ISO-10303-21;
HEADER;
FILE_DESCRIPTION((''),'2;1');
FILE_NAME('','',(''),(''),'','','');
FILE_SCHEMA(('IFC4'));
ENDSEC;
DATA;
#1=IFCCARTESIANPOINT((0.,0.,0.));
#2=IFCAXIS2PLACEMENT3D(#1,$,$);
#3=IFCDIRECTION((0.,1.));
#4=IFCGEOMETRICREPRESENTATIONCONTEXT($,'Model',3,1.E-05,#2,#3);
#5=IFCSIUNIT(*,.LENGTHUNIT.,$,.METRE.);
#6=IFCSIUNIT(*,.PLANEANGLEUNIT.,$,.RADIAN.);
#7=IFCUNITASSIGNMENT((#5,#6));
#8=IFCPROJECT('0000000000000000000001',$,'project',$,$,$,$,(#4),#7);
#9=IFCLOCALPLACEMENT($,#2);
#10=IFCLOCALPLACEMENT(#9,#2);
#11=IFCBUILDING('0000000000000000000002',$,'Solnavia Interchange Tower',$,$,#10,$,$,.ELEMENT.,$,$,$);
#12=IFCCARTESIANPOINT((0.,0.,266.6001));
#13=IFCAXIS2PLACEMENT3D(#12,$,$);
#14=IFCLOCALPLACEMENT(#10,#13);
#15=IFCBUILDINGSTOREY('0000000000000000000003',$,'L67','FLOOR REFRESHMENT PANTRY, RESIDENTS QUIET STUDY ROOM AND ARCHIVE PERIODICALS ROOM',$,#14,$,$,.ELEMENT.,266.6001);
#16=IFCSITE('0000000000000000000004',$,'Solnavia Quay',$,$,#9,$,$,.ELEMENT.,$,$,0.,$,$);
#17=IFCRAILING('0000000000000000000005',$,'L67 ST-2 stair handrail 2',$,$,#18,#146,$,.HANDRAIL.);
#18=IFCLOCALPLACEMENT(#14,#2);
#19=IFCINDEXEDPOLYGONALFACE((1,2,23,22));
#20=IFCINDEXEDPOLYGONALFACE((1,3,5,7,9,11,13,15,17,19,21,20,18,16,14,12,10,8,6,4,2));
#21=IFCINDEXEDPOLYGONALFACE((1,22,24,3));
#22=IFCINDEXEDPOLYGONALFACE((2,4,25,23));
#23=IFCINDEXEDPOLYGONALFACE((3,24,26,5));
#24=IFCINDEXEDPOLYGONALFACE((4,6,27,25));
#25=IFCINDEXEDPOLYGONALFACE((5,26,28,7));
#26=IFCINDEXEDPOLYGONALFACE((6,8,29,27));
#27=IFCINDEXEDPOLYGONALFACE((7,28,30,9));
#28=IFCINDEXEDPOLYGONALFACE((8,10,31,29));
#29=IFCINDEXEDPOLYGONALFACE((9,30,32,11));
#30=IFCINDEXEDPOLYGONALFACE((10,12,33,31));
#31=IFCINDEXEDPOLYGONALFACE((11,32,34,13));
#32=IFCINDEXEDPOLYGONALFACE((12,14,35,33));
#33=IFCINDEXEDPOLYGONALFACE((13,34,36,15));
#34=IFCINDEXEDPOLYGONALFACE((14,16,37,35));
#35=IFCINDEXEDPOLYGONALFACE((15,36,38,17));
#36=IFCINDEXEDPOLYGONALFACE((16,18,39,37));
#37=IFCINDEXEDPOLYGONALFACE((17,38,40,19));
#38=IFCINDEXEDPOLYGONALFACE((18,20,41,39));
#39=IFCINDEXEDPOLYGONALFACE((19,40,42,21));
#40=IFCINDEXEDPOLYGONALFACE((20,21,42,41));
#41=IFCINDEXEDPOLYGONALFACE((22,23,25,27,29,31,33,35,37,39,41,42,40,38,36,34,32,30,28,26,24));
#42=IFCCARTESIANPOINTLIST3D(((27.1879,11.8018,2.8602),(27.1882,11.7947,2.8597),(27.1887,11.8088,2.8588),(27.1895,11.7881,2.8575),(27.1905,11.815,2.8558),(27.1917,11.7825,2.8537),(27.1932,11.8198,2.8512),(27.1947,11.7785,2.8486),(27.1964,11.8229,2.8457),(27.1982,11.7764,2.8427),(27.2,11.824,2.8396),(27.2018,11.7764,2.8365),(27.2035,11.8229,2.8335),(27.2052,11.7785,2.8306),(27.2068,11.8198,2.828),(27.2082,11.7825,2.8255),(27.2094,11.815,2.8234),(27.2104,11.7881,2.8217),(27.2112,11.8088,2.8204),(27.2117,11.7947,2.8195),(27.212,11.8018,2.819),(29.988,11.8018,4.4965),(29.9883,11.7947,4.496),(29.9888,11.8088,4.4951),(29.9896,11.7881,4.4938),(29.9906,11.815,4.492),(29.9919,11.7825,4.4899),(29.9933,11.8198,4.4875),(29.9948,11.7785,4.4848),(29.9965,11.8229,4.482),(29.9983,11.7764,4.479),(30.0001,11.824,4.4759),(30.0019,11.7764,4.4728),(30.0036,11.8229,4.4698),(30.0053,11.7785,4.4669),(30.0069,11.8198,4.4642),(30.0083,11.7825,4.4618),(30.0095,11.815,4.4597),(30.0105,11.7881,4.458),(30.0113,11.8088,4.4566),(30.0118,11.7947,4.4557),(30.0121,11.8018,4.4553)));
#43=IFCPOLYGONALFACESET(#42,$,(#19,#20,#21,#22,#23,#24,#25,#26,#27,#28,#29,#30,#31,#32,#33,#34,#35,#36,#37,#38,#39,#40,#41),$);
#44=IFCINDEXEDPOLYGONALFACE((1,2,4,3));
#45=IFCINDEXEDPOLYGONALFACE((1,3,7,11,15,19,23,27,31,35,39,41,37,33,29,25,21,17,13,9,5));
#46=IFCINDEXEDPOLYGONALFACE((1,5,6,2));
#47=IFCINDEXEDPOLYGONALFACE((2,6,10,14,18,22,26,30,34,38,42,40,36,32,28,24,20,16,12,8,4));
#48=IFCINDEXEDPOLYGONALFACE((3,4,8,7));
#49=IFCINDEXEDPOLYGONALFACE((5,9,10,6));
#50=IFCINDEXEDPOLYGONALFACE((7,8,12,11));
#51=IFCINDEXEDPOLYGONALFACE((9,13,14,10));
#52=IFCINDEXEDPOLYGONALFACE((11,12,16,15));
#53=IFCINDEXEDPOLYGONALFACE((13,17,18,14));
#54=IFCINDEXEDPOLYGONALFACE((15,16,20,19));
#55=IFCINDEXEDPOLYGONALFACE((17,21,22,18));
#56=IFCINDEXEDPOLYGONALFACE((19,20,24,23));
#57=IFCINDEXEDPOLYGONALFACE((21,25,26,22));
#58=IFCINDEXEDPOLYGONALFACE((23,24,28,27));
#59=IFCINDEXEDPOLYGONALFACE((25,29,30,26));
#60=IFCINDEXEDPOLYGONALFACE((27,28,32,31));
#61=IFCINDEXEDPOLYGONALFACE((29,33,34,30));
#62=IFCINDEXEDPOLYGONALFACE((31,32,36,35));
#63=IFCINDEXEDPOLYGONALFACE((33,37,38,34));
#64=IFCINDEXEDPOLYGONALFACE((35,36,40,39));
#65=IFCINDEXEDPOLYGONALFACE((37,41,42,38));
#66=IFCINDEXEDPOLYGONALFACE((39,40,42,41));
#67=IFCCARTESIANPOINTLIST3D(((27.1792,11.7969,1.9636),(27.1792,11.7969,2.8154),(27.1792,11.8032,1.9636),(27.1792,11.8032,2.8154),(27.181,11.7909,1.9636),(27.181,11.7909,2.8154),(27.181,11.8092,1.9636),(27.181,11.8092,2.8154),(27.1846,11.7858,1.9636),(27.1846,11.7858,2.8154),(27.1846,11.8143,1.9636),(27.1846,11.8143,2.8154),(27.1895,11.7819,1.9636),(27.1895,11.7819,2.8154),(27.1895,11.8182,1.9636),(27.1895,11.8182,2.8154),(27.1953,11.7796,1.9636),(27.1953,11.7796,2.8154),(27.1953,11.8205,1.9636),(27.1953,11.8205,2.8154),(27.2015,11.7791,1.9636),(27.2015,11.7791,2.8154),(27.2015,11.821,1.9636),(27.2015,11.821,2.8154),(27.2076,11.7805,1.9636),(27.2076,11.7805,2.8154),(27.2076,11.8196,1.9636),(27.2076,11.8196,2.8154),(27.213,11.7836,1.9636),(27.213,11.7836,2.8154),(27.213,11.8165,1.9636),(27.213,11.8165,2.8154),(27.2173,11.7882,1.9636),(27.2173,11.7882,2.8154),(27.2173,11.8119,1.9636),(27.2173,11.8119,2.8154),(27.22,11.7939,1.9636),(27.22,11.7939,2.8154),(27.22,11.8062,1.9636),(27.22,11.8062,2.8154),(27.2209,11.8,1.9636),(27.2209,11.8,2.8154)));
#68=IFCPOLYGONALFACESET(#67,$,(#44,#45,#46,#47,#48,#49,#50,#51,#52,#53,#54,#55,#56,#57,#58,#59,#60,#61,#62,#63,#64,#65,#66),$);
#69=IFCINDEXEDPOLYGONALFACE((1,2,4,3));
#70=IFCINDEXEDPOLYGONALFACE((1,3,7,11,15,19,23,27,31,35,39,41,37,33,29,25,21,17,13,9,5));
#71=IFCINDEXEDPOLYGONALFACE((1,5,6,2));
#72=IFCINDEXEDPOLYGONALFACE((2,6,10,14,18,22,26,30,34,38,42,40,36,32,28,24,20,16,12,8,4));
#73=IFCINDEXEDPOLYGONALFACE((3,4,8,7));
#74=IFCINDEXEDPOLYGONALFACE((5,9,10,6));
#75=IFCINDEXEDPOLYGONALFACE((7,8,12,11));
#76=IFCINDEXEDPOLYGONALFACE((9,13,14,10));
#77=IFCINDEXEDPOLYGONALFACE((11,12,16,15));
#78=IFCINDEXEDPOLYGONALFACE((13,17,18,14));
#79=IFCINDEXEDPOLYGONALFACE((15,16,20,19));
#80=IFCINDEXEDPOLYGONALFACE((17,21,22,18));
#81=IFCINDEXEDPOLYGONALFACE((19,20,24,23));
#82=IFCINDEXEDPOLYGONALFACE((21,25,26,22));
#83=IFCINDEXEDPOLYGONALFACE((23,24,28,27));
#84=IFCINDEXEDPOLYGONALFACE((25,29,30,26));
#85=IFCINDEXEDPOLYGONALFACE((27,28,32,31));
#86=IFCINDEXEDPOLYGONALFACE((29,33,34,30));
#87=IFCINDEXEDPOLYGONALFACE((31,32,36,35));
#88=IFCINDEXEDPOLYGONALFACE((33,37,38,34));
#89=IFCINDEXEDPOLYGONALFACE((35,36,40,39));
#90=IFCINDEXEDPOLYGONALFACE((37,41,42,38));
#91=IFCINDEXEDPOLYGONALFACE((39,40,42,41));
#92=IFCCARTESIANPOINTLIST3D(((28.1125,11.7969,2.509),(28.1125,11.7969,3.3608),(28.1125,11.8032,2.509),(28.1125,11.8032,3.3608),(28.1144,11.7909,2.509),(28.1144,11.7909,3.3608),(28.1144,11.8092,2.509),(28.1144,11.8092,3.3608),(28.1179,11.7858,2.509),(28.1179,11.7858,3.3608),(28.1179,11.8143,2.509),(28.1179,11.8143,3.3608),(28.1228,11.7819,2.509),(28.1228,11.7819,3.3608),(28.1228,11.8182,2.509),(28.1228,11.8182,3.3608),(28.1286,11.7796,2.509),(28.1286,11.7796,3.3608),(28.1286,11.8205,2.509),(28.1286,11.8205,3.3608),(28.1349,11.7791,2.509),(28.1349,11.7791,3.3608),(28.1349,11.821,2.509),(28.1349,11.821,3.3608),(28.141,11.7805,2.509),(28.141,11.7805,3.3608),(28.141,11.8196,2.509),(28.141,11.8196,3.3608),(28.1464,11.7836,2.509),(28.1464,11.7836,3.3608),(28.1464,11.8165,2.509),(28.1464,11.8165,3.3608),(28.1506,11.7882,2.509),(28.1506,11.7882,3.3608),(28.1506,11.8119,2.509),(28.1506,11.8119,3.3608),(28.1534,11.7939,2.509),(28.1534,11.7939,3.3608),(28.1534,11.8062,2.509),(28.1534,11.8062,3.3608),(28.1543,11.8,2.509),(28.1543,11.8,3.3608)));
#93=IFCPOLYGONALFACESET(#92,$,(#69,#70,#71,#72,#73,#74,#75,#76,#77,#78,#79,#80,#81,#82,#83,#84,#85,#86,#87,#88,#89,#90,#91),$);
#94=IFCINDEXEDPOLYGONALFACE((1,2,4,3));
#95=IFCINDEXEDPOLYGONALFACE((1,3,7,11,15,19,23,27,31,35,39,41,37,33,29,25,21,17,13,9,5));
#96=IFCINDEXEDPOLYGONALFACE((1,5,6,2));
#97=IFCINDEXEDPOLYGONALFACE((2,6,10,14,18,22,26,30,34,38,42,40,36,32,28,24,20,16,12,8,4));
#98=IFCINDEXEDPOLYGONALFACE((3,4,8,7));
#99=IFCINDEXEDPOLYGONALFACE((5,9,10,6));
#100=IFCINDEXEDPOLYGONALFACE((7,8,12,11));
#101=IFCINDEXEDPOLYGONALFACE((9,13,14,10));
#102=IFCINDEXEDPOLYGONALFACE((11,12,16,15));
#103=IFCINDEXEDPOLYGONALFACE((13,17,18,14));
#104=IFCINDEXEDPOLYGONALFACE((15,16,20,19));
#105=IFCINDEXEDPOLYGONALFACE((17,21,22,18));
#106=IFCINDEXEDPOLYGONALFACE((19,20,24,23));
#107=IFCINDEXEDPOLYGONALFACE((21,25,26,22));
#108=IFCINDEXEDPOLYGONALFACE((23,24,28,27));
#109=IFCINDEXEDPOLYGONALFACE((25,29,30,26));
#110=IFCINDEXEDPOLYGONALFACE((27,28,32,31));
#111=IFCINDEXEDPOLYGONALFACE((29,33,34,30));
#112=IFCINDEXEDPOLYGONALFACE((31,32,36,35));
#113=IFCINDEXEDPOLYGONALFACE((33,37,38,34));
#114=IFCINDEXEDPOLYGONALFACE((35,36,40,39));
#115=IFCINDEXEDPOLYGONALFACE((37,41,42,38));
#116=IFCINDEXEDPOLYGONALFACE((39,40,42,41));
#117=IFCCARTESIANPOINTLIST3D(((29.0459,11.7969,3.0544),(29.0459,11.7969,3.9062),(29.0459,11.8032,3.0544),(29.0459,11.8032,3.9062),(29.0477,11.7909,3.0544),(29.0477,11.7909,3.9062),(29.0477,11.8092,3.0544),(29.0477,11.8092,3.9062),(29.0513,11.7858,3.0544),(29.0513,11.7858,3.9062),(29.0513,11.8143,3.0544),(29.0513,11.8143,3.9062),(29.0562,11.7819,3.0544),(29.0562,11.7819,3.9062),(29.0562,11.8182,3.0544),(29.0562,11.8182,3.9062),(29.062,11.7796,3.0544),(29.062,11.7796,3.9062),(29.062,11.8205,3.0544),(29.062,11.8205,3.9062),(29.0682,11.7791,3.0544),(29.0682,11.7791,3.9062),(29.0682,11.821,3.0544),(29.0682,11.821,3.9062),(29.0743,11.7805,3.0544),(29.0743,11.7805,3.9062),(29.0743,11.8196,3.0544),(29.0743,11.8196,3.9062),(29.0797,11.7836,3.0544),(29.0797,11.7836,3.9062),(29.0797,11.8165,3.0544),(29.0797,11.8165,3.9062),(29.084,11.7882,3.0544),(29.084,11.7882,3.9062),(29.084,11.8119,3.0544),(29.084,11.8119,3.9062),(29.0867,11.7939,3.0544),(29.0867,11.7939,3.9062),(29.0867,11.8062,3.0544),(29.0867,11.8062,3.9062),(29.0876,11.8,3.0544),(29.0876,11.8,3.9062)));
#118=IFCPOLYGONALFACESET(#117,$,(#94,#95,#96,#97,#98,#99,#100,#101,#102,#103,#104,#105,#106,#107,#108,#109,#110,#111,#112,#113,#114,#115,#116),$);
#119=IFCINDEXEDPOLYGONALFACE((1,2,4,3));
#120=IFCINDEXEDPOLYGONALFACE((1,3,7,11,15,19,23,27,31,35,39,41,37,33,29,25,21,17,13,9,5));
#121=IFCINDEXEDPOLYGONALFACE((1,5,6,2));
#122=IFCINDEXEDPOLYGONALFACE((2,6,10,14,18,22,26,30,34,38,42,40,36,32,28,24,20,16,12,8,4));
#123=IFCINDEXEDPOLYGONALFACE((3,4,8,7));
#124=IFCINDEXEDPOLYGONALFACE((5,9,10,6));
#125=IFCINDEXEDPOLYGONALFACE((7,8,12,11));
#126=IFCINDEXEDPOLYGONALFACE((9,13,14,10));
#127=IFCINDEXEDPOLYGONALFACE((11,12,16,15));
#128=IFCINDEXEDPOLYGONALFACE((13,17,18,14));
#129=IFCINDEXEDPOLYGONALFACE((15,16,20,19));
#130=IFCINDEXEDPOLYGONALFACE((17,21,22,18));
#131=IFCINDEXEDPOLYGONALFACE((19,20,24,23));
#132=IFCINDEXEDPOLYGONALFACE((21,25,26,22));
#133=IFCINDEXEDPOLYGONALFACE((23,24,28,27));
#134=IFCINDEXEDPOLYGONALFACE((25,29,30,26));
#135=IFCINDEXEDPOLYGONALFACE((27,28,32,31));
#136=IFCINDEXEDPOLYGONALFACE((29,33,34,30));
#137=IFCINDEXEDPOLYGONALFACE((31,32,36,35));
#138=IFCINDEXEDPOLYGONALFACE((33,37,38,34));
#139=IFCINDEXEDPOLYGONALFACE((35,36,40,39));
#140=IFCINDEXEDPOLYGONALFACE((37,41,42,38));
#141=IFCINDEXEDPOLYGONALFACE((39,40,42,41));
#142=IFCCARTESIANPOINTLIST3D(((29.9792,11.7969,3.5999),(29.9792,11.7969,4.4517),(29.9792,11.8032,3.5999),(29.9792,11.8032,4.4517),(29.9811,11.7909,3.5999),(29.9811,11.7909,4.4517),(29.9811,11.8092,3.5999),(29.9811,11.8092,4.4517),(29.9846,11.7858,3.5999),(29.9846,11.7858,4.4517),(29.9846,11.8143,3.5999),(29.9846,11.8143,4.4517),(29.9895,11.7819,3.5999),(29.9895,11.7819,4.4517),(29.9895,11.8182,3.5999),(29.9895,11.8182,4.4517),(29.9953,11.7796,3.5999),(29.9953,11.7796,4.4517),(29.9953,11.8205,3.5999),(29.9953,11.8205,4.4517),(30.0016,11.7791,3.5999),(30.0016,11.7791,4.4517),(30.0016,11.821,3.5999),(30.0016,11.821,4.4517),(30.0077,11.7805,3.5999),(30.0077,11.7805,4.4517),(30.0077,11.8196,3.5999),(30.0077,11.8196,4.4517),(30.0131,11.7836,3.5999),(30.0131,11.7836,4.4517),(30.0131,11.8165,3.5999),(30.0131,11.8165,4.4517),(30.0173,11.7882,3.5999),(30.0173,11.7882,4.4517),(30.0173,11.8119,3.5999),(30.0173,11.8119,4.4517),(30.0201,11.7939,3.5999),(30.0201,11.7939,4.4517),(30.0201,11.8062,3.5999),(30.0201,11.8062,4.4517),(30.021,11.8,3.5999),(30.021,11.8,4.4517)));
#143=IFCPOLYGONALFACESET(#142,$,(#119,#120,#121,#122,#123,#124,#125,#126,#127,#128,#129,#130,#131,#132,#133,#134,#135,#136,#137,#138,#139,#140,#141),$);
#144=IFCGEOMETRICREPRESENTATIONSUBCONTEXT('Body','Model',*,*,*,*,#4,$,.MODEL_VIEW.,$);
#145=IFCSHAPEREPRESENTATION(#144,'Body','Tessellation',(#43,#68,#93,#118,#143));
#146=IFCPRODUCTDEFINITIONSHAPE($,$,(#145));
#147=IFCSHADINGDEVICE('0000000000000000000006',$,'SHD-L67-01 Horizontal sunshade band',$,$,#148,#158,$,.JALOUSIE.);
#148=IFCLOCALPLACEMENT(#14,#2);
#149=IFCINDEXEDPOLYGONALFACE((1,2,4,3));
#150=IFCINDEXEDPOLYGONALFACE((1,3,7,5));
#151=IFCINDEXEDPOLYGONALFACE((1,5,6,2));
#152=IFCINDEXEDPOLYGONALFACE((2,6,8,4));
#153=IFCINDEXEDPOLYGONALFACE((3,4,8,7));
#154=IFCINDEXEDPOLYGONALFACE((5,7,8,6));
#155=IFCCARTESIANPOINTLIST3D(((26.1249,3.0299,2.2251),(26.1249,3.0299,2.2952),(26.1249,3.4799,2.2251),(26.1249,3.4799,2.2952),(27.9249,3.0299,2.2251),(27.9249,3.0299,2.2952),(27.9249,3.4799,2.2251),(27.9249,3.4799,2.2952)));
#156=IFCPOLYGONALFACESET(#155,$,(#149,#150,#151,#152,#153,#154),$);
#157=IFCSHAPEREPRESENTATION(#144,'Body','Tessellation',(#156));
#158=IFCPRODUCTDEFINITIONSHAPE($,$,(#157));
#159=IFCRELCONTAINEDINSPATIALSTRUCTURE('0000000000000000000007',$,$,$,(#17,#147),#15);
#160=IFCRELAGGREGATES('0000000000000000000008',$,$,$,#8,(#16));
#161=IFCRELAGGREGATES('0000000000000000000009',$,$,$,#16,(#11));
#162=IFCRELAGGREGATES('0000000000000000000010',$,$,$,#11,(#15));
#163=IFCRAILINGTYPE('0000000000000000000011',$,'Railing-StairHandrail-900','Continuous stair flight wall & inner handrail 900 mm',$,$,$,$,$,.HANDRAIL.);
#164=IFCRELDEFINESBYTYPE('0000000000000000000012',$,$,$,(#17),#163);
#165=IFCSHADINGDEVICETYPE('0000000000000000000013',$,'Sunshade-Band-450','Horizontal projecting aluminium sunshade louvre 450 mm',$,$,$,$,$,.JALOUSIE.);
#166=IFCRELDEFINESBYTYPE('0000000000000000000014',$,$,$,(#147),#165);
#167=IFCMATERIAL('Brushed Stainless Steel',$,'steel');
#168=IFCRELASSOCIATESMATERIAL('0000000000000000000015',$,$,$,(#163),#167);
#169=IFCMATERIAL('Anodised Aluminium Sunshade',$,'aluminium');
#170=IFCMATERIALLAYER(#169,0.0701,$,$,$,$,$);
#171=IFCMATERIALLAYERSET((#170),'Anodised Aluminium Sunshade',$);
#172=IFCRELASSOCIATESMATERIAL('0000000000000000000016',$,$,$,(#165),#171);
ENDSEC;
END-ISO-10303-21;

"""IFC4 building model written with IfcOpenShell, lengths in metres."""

from ifc_helpers import new_model, si_unit, direction, frame, origin, origin_2d, place, context, subcontext, project, spatial, rectangle, circle, extrude, material, layer, layer_set, type_object, element, save


model = new_model("IFC4")

# Units and contexts
model_context = context("Model", 3, precision=1e-05, world=origin(), true_north=direction((0.0, 1.0)))
body_context = subcontext(model_context, "Body", "Model", "MODEL_VIEW")
ifc_project = project(units=[si_unit("LENGTHUNIT", "METRE"), si_unit("PLANEANGLEUNIT", "RADIAN")], contexts=[model_context])

# Site, building, storey
site_placement = place(None, origin())
site = spatial("IfcSite", under=ifc_project, at=site_placement, Name="Solnavia Quay", CompositionType="ELEMENT", RefElevation=0.0)
building_placement = place(site_placement, origin())
building = spatial("IfcBuilding", under=site, at=building_placement, Name="Solnavia Interchange Tower", CompositionType="ELEMENT")
storey_placement = place(building_placement, frame((0.0, 0.0, 266.6001)))
storey = spatial("IfcBuildingStorey", under=building, at=storey_placement, Name="L67", Description="FLOOR REFRESHMENT PANTRY, RESIDENTS QUIET STUDY ROOM AND ARCHIVE PERIODICALS ROOM", CompositionType="ELEMENT", Elevation=266.6001)

# Railing
ifc_material_1 = material(Name="Brushed Stainless Steel", Category="steel")
railing_type_1 = type_object("IfcRailingType", Name="Railing-StairHandrail-900", Description="Continuous stair flight wall & inner handrail 900 mm", PredefinedType="HANDRAIL", material=ifc_material_1)
railing_1_placement = place(storey_placement, frame((27.2, 11.8, 1.9636)))
element("IfcRailing", 1, at=railing_1_placement, inside=storey, type_object=railing_type_1, Name="L67 ST-2 stair handrail 2", PredefinedType="HANDRAIL", context=body_context, shape_type="SweptSolid", body=[
    extrude(circle(Radius=0.0239, at=origin_2d()), frame((0.0, 0.0, 0.876), z_axis=(0.863394, 0.0, 0.504531), x_axis=(0.0, 1.0, 0.0)), (0.0, 0.0, 1.0), 3.2432),
    extrude(circle(Radius=0.021, at=origin_2d()), origin(), (0.0, 0.0, 1.0), 0.8518),
    extrude(circle(Radius=0.021, at=origin_2d()), frame((0.9333, 0.0, 0.5454)), (0.0, 0.0, 1.0), 0.8518),
    extrude(circle(Radius=0.021, at=origin_2d()), frame((1.8667, 0.0, 1.0908)), (0.0, 0.0, 1.0), 0.8518),
    extrude(circle(Radius=0.021, at=origin_2d()), frame((2.8, 0.0, 1.6362)), (0.0, 0.0, 1.0), 0.8518),
])

# Shading device
ifc_material_2 = material(Name="Anodised Aluminium Sunshade", Category="aluminium")
ifc_layer_1 = layer(ifc_material_2, 0.0701)
ifc_layer_set_1 = layer_set([ifc_layer_1], Name="Anodised Aluminium Sunshade")
shading_device_type = type_object("IfcShadingDeviceType", Name="Sunshade-Band-450", Description="Horizontal projecting aluminium sunshade louvre 450 mm", PredefinedType="JALOUSIE", material=ifc_layer_set_1)
shading_device_placement = place(storey_placement, frame((27.0249, 3.2549, 2.2251), z_axis=(0.0, 0.0, 1.0), x_axis=(-1.0, 0.0, 0.0)))
element("IfcShadingDevice", 2, at=shading_device_placement, inside=storey, type_object=shading_device_type, Name="SHD-L67-01 Horizontal sunshade band", PredefinedType="JALOUSIE", context=body_context, shape_type="SweptSolid", body=[
    extrude(rectangle(XDim=1.8, YDim=0.45, at=origin_2d()), origin(), (0.0, 0.0, 1.0), 0.0701),
])

save(model, "model.ifc")
